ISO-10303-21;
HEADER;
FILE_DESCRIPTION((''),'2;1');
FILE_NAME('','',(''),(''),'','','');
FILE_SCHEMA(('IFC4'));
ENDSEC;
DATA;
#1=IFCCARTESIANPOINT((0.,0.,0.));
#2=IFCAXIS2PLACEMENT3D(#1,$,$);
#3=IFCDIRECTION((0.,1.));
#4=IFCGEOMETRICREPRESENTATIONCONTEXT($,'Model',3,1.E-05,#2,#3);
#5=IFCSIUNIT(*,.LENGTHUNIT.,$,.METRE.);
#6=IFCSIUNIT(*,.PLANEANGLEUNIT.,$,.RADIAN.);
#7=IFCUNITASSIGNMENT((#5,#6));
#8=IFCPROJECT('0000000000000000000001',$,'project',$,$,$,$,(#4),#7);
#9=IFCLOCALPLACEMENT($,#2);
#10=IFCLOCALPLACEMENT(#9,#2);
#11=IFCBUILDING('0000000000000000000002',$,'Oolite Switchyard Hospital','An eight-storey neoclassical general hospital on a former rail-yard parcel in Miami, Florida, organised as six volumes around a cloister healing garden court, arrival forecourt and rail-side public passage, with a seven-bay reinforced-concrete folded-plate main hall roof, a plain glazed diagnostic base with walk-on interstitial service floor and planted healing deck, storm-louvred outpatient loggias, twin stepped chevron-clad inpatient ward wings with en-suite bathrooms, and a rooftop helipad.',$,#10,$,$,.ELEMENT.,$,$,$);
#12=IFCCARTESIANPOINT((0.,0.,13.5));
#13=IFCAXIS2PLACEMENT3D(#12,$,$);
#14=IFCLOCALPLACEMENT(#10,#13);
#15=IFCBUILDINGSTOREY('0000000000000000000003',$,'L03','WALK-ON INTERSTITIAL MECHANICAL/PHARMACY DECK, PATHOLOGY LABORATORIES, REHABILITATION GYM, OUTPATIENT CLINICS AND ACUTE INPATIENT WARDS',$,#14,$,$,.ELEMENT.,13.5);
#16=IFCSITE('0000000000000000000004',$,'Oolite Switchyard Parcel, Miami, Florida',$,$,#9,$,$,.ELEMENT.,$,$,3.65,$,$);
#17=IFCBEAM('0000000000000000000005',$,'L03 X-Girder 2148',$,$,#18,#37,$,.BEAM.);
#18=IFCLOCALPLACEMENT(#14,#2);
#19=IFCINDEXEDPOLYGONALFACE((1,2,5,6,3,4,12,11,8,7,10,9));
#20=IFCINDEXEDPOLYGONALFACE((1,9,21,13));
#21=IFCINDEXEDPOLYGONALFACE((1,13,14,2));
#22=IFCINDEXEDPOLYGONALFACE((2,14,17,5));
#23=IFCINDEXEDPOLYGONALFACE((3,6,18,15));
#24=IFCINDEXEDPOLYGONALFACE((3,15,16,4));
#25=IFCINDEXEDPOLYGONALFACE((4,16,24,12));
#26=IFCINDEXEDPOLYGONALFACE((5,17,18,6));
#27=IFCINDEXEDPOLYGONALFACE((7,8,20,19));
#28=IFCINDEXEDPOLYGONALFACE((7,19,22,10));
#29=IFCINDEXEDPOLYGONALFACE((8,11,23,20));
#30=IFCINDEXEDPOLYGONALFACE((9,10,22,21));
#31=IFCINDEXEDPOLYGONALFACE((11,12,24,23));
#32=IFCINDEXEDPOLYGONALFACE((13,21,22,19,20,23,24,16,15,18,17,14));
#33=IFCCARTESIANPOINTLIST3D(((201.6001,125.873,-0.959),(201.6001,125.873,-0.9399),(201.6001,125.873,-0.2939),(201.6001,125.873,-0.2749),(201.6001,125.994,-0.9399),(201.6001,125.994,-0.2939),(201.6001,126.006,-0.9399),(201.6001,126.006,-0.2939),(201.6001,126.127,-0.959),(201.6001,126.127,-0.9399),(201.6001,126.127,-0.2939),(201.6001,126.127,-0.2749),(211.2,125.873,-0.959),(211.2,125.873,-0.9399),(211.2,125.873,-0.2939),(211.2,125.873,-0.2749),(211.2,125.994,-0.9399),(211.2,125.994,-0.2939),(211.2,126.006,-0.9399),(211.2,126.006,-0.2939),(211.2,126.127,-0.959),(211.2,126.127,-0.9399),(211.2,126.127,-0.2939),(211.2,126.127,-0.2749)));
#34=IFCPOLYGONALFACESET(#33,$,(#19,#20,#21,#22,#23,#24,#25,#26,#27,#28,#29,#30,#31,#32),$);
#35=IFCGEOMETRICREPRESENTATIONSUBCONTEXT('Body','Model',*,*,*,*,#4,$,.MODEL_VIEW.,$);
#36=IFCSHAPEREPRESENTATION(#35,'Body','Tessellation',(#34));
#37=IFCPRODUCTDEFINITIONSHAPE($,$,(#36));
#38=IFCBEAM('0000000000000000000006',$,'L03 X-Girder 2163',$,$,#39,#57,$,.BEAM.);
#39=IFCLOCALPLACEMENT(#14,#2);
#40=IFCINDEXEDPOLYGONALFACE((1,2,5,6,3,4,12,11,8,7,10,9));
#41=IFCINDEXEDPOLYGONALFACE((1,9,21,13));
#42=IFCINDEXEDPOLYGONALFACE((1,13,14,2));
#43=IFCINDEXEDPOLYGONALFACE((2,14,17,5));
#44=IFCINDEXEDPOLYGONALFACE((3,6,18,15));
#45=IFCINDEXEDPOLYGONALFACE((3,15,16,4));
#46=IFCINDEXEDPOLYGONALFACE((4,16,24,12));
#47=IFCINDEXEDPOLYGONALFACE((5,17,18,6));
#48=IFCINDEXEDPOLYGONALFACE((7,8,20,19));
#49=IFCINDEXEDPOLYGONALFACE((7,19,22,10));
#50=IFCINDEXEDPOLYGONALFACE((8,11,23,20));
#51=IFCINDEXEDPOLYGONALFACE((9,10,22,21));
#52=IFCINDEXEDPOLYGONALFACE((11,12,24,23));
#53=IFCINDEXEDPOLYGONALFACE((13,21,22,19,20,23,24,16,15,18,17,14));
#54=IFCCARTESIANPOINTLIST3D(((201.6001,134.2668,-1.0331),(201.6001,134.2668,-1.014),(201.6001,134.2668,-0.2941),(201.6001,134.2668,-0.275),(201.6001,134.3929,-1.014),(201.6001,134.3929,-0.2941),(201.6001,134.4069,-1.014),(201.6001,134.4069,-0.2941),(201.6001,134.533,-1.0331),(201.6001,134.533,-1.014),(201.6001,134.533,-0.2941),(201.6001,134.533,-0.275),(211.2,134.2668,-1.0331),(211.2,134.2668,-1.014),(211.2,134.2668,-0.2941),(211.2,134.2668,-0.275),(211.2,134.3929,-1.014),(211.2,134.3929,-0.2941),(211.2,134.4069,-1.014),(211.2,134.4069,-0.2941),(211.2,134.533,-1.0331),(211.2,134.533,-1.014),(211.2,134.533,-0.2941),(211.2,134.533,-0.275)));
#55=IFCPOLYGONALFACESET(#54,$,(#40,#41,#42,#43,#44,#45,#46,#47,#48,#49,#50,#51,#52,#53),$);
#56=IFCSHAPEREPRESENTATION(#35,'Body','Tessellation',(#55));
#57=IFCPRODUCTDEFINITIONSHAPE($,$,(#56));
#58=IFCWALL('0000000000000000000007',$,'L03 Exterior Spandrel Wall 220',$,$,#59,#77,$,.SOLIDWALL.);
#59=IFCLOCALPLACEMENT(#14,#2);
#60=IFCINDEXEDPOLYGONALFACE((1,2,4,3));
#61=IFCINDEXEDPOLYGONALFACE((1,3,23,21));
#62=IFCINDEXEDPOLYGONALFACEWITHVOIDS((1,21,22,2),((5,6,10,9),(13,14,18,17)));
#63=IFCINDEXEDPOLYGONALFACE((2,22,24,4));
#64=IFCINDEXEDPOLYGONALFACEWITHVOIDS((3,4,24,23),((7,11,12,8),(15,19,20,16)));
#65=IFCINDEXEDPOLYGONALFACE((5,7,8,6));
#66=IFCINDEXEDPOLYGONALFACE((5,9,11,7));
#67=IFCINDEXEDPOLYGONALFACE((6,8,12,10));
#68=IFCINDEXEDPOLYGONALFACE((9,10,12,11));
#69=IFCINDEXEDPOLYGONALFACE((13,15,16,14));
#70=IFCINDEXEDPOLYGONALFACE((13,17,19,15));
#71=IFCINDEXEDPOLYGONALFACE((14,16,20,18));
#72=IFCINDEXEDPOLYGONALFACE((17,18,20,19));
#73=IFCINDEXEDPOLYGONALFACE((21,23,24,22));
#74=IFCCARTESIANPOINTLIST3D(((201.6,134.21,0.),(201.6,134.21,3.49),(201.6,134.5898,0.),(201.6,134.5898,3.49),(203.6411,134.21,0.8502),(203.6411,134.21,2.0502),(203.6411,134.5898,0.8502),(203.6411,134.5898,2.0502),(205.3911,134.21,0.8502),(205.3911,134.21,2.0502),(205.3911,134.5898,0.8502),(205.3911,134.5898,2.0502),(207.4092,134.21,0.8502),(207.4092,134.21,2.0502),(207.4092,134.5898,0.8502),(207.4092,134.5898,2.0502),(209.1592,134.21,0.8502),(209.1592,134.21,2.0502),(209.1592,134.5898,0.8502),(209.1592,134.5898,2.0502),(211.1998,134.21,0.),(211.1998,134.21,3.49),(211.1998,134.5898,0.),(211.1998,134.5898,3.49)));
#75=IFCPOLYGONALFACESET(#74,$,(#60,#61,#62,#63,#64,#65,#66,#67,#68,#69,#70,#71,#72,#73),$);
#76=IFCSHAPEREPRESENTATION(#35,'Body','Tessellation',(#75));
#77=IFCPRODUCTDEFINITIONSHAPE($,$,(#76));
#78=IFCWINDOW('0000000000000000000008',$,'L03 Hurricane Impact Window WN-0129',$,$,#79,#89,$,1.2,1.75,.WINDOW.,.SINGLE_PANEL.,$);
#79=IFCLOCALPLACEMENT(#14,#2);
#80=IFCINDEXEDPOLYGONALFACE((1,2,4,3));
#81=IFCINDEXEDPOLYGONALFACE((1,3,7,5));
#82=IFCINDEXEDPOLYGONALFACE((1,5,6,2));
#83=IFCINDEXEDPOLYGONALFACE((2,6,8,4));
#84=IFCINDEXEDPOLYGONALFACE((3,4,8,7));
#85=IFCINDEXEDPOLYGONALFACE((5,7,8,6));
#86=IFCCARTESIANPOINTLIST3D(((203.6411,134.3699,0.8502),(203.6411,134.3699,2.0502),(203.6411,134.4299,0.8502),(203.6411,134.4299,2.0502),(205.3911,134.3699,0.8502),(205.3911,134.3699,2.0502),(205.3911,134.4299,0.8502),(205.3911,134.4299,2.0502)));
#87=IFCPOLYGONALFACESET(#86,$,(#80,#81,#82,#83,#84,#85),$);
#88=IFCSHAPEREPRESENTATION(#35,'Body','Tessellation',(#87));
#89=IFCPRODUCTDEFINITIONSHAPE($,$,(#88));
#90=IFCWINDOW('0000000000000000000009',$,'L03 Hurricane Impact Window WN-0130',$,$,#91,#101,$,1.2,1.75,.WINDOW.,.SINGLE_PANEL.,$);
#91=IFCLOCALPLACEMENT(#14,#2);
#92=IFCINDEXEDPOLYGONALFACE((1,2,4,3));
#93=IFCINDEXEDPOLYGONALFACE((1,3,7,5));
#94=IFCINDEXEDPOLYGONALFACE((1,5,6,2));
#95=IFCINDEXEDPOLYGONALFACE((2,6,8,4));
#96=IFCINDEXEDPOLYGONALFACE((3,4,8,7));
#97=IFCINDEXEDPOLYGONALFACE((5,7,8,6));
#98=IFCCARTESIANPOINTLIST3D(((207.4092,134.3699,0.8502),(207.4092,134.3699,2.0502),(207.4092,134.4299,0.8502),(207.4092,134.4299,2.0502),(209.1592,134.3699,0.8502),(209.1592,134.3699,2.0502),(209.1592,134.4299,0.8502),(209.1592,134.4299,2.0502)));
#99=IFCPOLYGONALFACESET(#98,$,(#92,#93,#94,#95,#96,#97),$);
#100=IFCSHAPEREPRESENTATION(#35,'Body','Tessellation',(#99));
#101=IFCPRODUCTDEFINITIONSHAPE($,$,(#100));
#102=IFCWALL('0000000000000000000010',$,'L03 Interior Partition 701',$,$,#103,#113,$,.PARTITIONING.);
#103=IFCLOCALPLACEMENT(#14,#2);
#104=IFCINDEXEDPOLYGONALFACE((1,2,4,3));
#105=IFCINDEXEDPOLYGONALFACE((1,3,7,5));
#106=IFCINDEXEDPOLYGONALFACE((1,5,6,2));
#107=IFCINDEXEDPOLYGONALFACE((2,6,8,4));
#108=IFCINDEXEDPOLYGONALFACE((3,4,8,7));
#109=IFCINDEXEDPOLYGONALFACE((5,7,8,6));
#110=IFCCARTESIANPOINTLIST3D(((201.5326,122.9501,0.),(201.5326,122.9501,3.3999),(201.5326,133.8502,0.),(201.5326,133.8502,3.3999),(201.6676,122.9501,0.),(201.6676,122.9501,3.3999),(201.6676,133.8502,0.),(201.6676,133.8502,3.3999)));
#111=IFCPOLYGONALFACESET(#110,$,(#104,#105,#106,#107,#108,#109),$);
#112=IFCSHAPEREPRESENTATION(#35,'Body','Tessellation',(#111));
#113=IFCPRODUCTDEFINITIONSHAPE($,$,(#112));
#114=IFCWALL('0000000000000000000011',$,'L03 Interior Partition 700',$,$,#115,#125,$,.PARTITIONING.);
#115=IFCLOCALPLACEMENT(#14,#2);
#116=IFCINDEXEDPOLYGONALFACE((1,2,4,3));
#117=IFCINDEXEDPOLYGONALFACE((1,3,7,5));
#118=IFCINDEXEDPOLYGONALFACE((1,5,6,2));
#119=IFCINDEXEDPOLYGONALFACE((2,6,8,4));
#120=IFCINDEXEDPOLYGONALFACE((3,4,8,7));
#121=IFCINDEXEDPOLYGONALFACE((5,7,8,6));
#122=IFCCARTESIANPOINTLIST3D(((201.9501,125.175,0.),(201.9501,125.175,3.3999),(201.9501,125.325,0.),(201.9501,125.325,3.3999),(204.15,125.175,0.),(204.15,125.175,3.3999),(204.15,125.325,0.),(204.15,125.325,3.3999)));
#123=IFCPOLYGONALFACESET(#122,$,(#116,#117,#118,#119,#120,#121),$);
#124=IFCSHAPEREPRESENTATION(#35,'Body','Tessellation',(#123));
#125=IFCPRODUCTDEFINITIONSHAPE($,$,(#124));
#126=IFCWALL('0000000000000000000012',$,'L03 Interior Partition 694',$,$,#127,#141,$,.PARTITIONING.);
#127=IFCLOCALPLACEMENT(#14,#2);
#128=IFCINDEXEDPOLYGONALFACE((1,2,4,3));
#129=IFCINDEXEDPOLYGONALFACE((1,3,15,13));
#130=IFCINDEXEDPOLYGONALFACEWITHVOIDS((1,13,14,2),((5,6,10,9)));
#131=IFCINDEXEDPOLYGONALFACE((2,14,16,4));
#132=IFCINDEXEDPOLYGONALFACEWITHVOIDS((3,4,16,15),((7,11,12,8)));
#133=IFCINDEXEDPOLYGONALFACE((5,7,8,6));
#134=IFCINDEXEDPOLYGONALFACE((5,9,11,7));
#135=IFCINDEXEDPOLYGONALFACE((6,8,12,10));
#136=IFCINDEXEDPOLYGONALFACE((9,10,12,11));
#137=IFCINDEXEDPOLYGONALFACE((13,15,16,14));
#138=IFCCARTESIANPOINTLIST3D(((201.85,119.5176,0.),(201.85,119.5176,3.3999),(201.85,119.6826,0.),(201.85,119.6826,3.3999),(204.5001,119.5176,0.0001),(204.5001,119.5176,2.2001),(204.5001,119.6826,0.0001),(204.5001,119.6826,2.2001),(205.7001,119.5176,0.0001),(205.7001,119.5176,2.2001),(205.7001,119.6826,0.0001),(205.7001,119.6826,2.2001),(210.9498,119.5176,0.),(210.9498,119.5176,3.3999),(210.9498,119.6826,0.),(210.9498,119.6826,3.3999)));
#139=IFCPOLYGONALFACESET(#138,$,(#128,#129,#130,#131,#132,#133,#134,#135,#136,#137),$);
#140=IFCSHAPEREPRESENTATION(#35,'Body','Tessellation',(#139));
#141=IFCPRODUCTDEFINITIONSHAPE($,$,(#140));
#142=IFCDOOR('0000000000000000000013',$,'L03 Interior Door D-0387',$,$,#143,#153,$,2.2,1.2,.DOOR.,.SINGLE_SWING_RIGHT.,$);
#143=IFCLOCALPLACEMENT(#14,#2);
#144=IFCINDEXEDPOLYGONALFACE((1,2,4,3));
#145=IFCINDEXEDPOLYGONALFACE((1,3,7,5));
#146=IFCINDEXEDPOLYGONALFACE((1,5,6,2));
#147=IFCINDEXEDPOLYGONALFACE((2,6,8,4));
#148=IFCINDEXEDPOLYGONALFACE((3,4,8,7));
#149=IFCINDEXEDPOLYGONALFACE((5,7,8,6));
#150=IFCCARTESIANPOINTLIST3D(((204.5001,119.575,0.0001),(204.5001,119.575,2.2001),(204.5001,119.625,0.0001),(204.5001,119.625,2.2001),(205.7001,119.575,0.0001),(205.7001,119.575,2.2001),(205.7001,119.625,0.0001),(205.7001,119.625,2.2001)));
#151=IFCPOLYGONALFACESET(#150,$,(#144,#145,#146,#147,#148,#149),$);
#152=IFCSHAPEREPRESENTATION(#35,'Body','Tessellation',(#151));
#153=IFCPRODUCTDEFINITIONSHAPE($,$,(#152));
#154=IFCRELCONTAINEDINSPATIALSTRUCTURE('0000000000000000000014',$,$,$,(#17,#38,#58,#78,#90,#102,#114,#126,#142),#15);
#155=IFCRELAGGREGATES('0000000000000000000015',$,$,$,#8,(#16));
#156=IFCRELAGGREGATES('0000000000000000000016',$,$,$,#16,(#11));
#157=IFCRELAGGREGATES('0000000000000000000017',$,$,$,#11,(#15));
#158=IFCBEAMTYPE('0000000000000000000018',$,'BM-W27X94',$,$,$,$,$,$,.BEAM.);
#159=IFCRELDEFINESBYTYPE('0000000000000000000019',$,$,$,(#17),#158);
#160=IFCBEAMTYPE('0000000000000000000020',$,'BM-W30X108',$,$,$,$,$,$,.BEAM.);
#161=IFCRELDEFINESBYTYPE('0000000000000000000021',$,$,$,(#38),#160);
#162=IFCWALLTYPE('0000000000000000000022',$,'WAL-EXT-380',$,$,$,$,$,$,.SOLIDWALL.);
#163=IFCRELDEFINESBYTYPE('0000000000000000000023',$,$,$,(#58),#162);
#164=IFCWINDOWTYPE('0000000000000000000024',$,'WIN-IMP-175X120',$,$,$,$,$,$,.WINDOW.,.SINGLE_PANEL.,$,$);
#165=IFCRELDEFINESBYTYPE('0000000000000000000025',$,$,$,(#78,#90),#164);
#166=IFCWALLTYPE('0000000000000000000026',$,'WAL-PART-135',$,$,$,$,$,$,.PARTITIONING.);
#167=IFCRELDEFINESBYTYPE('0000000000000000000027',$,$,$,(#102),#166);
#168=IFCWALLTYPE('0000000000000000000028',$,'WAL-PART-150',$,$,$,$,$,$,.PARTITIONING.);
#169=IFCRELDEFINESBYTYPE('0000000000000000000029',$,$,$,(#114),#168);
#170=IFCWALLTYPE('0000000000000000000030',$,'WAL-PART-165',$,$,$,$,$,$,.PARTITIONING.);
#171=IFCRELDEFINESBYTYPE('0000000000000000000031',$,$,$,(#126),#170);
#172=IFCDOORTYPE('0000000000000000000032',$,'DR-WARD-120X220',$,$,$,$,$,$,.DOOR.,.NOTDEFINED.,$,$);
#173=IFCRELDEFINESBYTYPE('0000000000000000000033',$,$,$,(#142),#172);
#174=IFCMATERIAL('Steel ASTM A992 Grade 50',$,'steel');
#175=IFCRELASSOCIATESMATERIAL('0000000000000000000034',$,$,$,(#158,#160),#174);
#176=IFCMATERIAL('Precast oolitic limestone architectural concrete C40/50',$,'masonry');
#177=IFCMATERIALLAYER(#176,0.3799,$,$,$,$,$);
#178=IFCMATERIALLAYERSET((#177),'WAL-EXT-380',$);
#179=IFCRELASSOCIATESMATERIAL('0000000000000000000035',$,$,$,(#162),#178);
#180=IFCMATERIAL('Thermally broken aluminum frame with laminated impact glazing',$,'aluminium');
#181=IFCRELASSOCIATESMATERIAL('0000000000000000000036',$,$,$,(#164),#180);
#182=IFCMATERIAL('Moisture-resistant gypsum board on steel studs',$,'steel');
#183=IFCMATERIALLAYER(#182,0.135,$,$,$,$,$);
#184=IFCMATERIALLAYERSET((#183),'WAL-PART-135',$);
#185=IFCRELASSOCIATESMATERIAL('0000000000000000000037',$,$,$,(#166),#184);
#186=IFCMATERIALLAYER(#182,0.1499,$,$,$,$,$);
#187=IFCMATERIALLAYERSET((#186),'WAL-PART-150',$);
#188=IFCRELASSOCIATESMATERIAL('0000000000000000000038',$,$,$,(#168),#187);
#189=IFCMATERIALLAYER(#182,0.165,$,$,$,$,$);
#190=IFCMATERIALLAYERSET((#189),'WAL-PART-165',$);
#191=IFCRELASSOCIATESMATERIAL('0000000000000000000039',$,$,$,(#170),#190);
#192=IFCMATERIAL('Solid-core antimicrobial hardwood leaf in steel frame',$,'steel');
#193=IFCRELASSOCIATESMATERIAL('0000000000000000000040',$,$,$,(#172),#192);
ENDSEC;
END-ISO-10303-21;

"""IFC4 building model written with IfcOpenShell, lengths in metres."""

from ifc_helpers import new_model, si_unit, direction, frame, frame_2d, origin, origin_2d, place, context, subcontext, project, spatial, rectangle, i_section, extrude, material, layer, layer_set, material_profile, profile_set, type_object, element, fill, save


model = new_model("IFC4")

# Units and contexts
model_context = context("Model", 3, precision=1e-05, world=origin(), true_north=direction((0.0, 1.0)))
body_context = subcontext(model_context, "Body", "Model", "MODEL_VIEW")
ifc_project = project(units=[si_unit("LENGTHUNIT", "METRE"), si_unit("PLANEANGLEUNIT", "RADIAN")], contexts=[model_context])

# Site, building, storey
site_placement = place(None, origin())
site = spatial("IfcSite", under=ifc_project, at=site_placement, Name="Oolite Switchyard Parcel, Miami, Florida", CompositionType="ELEMENT", RefElevation=3.65)
building_placement = place(site_placement, origin())
building = spatial("IfcBuilding", under=site, at=building_placement, Name="Oolite Switchyard Hospital", Description="An eight-storey neoclassical general hospital on a former rail-yard parcel in Miami, Florida, organised as six volumes around a cloister healing garden court, arrival forecourt and rail-side public passage, with a seven-bay reinforced-concrete folded-plate main hall roof, a plain glazed diagnostic base with walk-on interstitial service floor and planted healing deck, storm-louvred outpatient loggias, twin stepped chevron-clad inpatient ward wings with en-suite bathrooms, and a rooftop helipad.", CompositionType="ELEMENT")
storey_placement = place(building_placement, frame((0.0, 0.0, 13.5)))
storey = spatial("IfcBuildingStorey", under=building, at=storey_placement, Name="L03", Description="WALK-ON INTERSTITIAL MECHANICAL/PHARMACY DECK, PATHOLOGY LABORATORIES, REHABILITATION GYM, OUTPATIENT CLINICS AND ACUTE INPATIENT WARDS", CompositionType="ELEMENT", Elevation=13.5)

# Beams
ifc_material_1 = material(Name="Steel ASTM A992 Grade 50", Category="steel")
ifc_material_profile_1 = material_profile(ifc_material_1, i_section(OverallWidth=0.2539, OverallDepth=0.6841, WebThickness=0.012, FlangeThickness=0.019, at=origin_2d()), Name="W27X94")
ifc_profile_set_1 = profile_set([ifc_material_profile_1], Name="Steel ASTM A992 Grade 50")
beam_type_1 = type_object("IfcBeamType", Name="BM-W27X94", PredefinedType="BEAM", material=ifc_profile_set_1)
for number, where, z_axis, x_axis, name in (
    (1, (201.6001, 126.0, -0.6169), (1.0, 0.0, 0.0), (0.0, 1.0, 0.0), "L03 X-Girder 2148"),
):
    element("IfcBeam", number, at=place(storey_placement, frame(where, z_axis=z_axis, x_axis=x_axis)), inside=storey, type_object=beam_type_1, Name=name, PredefinedType="BEAM", context=body_context, shape_type="SweptSolid", body=[
        extrude(i_section(OverallWidth=0.2539, OverallDepth=0.6841, WebThickness=0.012, FlangeThickness=0.019, at=origin_2d()), origin(), (0.0, 0.0, 1.0), 9.5999),
    ])
ifc_material_profile_2 = material_profile(ifc_material_1, i_section(OverallWidth=0.2661, OverallDepth=0.7581, WebThickness=0.0139, FlangeThickness=0.019, at=origin_2d()), Name="W30X108")
ifc_profile_set_2 = profile_set([ifc_material_profile_2], Name="Steel ASTM A992 Grade 50")
beam_type_2 = type_object("IfcBeamType", Name="BM-W30X108", PredefinedType="BEAM", material=ifc_profile_set_2)
beam_1_placement = place(storey_placement, frame((201.6001, 134.3999, -0.6541), z_axis=(1.0, 0.0, 0.0), x_axis=(0.0, 1.0, 0.0)))
element("IfcBeam", 2, at=beam_1_placement, inside=storey, type_object=beam_type_2, Name="L03 X-Girder 2163", PredefinedType="BEAM", context=body_context, shape_type="SweptSolid", body=[
    extrude(i_section(OverallWidth=0.2661, OverallDepth=0.7581, WebThickness=0.0139, FlangeThickness=0.019, at=origin_2d()), origin(), (0.0, 0.0, 1.0), 9.5999),
])

# Wall, openings, windows
ifc_material_2 = material(Name="Precast oolitic limestone architectural concrete C40/50", Category="masonry")
ifc_layer_1 = layer(ifc_material_2, 0.3799)
ifc_layer_set_1 = layer_set([ifc_layer_1], Name="WAL-EXT-380")
wall_type_1 = type_object("IfcWallType", Name="WAL-EXT-380", PredefinedType="SOLIDWALL", material=ifc_layer_set_1)
wall_1_placement = place(storey_placement, frame((201.6001, 134.3999, 0.0), z_axis=(0.0, 0.0, 1.0), x_axis=(1.0, 0.0, 0.0)))
wall_1 = element("IfcWall", 3, at=wall_1_placement, inside=storey, type_object=wall_type_1, Name="L03 Exterior Spandrel Wall 220", PredefinedType="SOLIDWALL", context=body_context, shape_type="SweptSolid", body=[
    extrude(rectangle(XDim=9.5999, YDim=0.3799, at=frame_2d((4.7998, 0.0))), origin(), (0.0, 0.0, 1.0), 3.49),
])
opening_1_placement = place(wall_1_placement, frame((2.041, 0.0, 0.8501)))
opening_1 = element("IfcOpeningElement", 4, at=opening_1_placement, cuts=wall_1, PredefinedType="OPENING", context=body_context, shape_type="SweptSolid", body=[
    extrude(rectangle(XDim=1.75, YDim=1.2, at=frame_2d((0.875, 0.6001))), frame((0.0, 0.2, 0.0), z_axis=(0.0, -1.0, 0.0), x_axis=(1.0, 0.0, 0.0)), (0.0, 0.0, 1.0), 0.3999),
])
opening_2_placement = place(wall_1_placement, frame((5.8091, 0.0, 0.8501)))
opening_2 = element("IfcOpeningElement", 5, at=opening_2_placement, cuts=wall_1, PredefinedType="OPENING", context=body_context, shape_type="SweptSolid", body=[
    extrude(rectangle(XDim=1.75, YDim=1.2, at=frame_2d((0.875, 0.6001))), frame((0.0, 0.2, 0.0), z_axis=(0.0, -1.0, 0.0), x_axis=(1.0, 0.0, 0.0)), (0.0, 0.0, 1.0), 0.3999),
])
ifc_material_3 = material(Name="Thermally broken aluminum frame with laminated impact glazing", Category="aluminium")
window_type = type_object("IfcWindowType", Name="WIN-IMP-175X120", PartitioningType="SINGLE_PANEL", PredefinedType="WINDOW", material=ifc_material_3)
window_1_placement = place(opening_1_placement, origin())
window_1 = element("IfcWindow", 6, at=window_1_placement, inside=storey, type_object=window_type, Name="L03 Hurricane Impact Window WN-0129", OverallHeight=1.2, OverallWidth=1.75, PartitioningType="SINGLE_PANEL", PredefinedType="WINDOW", context=body_context, shape_type="SweptSolid", body=[
    extrude(rectangle(XDim=1.75, YDim=1.2, at=frame_2d((0.875, 0.6001))), frame((0.0, 0.03, 0.0), z_axis=(0.0, -1.0, 0.0), x_axis=(1.0, 0.0, 0.0)), (0.0, 0.0, 1.0), 0.0601),
])
fill(opening_1, window_1)
window_2_placement = place(opening_2_placement, origin())
window_2 = element("IfcWindow", 7, at=window_2_placement, inside=storey, type_object=window_type, Name="L03 Hurricane Impact Window WN-0130", OverallHeight=1.2, OverallWidth=1.75, PartitioningType="SINGLE_PANEL", PredefinedType="WINDOW", context=body_context, shape_type="SweptSolid", body=[
    extrude(rectangle(XDim=1.75, YDim=1.2, at=frame_2d((0.875, 0.6001))), frame((0.0, 0.03, 0.0), z_axis=(0.0, -1.0, 0.0), x_axis=(1.0, 0.0, 0.0)), (0.0, 0.0, 1.0), 0.0601),
])
fill(opening_2, window_2)

# Walls
ifc_material_4 = material(Name="Moisture-resistant gypsum board on steel studs", Category="steel")
ifc_layer_2 = layer(ifc_material_4, 0.135)
ifc_layer_set_2 = layer_set([ifc_layer_2], Name="WAL-PART-135")
wall_type_2 = type_object("IfcWallType", Name="WAL-PART-135", PredefinedType="PARTITIONING", material=ifc_layer_set_2)
wall_2_placement = place(storey_placement, frame((201.6001, 122.95, 0.0), z_axis=(0.0, 0.0, 1.0), x_axis=(0.0, 1.0, 0.0)))
element("IfcWall", 8, at=wall_2_placement, inside=storey, type_object=wall_type_2, Name="L03 Interior Partition 701", PredefinedType="PARTITIONING", context=body_context, shape_type="SweptSolid", body=[
    extrude(rectangle(XDim=10.9001, YDim=0.135, at=frame_2d((5.4502, 0.0))), origin(), (0.0, 0.0, 1.0), 3.3999),
])
ifc_layer_3 = layer(ifc_material_4, 0.1499)
ifc_layer_set_3 = layer_set([ifc_layer_3], Name="WAL-PART-150")
wall_type_3 = type_object("IfcWallType", Name="WAL-PART-150", PredefinedType="PARTITIONING", material=ifc_layer_set_3)
wall_3_placement = place(storey_placement, frame((201.95, 125.25, 0.0), z_axis=(0.0, 0.0, 1.0), x_axis=(1.0, 0.0, 0.0)))
element("IfcWall", 9, at=wall_3_placement, inside=storey, type_object=wall_type_3, Name="L03 Interior Partition 700", PredefinedType="PARTITIONING", context=body_context, shape_type="SweptSolid", body=[
    extrude(rectangle(XDim=2.2, YDim=0.1499, at=frame_2d((1.1001, 0.0))), origin(), (0.0, 0.0, 1.0), 3.3999),
])

# Wall, opening, door
ifc_layer_4 = layer(ifc_material_4, 0.165)
ifc_layer_set_4 = layer_set([ifc_layer_4], Name="WAL-PART-165")
wall_type_4 = type_object("IfcWallType", Name="WAL-PART-165", PredefinedType="PARTITIONING", material=ifc_layer_set_4)
wall_4_placement = place(storey_placement, frame((201.8501, 119.6001, 0.0), z_axis=(0.0, 0.0, 1.0), x_axis=(1.0, 0.0, 0.0)))
wall_4 = element("IfcWall", 10, at=wall_4_placement, inside=storey, type_object=wall_type_4, Name="L03 Interior Partition 694", PredefinedType="PARTITIONING", context=body_context, shape_type="SweptSolid", body=[
    extrude(rectangle(XDim=9.0999, YDim=0.165, at=frame_2d((4.5498, 0.0))), origin(), (0.0, 0.0, 1.0), 3.3999),
])
opening_3_placement = place(wall_4_placement, frame((2.6499, 0.0, 0.0)))
opening_3 = element("IfcOpeningElement", 11, at=opening_3_placement, cuts=wall_4, PredefinedType="OPENING", context=body_context, shape_type="SweptSolid", body=[
    extrude(rectangle(XDim=1.2, YDim=2.2, at=frame_2d((0.6001, 1.1001))), frame((0.0, 0.0925, 0.0), z_axis=(0.0, -1.0, 0.0), x_axis=(1.0, 0.0, 0.0)), (0.0, 0.0, 1.0), 0.1851),
])
ifc_material_5 = material(Name="Solid-core antimicrobial hardwood leaf in steel frame", Category="steel")
door_type_1 = type_object("IfcDoorType", Name="DR-WARD-120X220", OperationType="NOTDEFINED", PredefinedType="DOOR", material=ifc_material_5)
door_1_placement = place(opening_3_placement, origin())
door_1 = element("IfcDoor", 12, at=door_1_placement, inside=storey, type_object=door_type_1, Name="L03 Interior Door D-0387", OperationType="SINGLE_SWING_RIGHT", OverallHeight=2.2, OverallWidth=1.2, PredefinedType="DOOR", context=body_context, shape_type="SweptSolid", body=[
    extrude(rectangle(XDim=1.2, YDim=2.2, at=frame_2d((0.6001, 1.1001))), frame((0.0, 0.0249, 0.0), z_axis=(0.0, -1.0, 0.0), x_axis=(1.0, 0.0, 0.0)), (0.0, 0.0, 1.0), 0.05),
])
fill(opening_3, door_1)

save(model, "model.ifc")
